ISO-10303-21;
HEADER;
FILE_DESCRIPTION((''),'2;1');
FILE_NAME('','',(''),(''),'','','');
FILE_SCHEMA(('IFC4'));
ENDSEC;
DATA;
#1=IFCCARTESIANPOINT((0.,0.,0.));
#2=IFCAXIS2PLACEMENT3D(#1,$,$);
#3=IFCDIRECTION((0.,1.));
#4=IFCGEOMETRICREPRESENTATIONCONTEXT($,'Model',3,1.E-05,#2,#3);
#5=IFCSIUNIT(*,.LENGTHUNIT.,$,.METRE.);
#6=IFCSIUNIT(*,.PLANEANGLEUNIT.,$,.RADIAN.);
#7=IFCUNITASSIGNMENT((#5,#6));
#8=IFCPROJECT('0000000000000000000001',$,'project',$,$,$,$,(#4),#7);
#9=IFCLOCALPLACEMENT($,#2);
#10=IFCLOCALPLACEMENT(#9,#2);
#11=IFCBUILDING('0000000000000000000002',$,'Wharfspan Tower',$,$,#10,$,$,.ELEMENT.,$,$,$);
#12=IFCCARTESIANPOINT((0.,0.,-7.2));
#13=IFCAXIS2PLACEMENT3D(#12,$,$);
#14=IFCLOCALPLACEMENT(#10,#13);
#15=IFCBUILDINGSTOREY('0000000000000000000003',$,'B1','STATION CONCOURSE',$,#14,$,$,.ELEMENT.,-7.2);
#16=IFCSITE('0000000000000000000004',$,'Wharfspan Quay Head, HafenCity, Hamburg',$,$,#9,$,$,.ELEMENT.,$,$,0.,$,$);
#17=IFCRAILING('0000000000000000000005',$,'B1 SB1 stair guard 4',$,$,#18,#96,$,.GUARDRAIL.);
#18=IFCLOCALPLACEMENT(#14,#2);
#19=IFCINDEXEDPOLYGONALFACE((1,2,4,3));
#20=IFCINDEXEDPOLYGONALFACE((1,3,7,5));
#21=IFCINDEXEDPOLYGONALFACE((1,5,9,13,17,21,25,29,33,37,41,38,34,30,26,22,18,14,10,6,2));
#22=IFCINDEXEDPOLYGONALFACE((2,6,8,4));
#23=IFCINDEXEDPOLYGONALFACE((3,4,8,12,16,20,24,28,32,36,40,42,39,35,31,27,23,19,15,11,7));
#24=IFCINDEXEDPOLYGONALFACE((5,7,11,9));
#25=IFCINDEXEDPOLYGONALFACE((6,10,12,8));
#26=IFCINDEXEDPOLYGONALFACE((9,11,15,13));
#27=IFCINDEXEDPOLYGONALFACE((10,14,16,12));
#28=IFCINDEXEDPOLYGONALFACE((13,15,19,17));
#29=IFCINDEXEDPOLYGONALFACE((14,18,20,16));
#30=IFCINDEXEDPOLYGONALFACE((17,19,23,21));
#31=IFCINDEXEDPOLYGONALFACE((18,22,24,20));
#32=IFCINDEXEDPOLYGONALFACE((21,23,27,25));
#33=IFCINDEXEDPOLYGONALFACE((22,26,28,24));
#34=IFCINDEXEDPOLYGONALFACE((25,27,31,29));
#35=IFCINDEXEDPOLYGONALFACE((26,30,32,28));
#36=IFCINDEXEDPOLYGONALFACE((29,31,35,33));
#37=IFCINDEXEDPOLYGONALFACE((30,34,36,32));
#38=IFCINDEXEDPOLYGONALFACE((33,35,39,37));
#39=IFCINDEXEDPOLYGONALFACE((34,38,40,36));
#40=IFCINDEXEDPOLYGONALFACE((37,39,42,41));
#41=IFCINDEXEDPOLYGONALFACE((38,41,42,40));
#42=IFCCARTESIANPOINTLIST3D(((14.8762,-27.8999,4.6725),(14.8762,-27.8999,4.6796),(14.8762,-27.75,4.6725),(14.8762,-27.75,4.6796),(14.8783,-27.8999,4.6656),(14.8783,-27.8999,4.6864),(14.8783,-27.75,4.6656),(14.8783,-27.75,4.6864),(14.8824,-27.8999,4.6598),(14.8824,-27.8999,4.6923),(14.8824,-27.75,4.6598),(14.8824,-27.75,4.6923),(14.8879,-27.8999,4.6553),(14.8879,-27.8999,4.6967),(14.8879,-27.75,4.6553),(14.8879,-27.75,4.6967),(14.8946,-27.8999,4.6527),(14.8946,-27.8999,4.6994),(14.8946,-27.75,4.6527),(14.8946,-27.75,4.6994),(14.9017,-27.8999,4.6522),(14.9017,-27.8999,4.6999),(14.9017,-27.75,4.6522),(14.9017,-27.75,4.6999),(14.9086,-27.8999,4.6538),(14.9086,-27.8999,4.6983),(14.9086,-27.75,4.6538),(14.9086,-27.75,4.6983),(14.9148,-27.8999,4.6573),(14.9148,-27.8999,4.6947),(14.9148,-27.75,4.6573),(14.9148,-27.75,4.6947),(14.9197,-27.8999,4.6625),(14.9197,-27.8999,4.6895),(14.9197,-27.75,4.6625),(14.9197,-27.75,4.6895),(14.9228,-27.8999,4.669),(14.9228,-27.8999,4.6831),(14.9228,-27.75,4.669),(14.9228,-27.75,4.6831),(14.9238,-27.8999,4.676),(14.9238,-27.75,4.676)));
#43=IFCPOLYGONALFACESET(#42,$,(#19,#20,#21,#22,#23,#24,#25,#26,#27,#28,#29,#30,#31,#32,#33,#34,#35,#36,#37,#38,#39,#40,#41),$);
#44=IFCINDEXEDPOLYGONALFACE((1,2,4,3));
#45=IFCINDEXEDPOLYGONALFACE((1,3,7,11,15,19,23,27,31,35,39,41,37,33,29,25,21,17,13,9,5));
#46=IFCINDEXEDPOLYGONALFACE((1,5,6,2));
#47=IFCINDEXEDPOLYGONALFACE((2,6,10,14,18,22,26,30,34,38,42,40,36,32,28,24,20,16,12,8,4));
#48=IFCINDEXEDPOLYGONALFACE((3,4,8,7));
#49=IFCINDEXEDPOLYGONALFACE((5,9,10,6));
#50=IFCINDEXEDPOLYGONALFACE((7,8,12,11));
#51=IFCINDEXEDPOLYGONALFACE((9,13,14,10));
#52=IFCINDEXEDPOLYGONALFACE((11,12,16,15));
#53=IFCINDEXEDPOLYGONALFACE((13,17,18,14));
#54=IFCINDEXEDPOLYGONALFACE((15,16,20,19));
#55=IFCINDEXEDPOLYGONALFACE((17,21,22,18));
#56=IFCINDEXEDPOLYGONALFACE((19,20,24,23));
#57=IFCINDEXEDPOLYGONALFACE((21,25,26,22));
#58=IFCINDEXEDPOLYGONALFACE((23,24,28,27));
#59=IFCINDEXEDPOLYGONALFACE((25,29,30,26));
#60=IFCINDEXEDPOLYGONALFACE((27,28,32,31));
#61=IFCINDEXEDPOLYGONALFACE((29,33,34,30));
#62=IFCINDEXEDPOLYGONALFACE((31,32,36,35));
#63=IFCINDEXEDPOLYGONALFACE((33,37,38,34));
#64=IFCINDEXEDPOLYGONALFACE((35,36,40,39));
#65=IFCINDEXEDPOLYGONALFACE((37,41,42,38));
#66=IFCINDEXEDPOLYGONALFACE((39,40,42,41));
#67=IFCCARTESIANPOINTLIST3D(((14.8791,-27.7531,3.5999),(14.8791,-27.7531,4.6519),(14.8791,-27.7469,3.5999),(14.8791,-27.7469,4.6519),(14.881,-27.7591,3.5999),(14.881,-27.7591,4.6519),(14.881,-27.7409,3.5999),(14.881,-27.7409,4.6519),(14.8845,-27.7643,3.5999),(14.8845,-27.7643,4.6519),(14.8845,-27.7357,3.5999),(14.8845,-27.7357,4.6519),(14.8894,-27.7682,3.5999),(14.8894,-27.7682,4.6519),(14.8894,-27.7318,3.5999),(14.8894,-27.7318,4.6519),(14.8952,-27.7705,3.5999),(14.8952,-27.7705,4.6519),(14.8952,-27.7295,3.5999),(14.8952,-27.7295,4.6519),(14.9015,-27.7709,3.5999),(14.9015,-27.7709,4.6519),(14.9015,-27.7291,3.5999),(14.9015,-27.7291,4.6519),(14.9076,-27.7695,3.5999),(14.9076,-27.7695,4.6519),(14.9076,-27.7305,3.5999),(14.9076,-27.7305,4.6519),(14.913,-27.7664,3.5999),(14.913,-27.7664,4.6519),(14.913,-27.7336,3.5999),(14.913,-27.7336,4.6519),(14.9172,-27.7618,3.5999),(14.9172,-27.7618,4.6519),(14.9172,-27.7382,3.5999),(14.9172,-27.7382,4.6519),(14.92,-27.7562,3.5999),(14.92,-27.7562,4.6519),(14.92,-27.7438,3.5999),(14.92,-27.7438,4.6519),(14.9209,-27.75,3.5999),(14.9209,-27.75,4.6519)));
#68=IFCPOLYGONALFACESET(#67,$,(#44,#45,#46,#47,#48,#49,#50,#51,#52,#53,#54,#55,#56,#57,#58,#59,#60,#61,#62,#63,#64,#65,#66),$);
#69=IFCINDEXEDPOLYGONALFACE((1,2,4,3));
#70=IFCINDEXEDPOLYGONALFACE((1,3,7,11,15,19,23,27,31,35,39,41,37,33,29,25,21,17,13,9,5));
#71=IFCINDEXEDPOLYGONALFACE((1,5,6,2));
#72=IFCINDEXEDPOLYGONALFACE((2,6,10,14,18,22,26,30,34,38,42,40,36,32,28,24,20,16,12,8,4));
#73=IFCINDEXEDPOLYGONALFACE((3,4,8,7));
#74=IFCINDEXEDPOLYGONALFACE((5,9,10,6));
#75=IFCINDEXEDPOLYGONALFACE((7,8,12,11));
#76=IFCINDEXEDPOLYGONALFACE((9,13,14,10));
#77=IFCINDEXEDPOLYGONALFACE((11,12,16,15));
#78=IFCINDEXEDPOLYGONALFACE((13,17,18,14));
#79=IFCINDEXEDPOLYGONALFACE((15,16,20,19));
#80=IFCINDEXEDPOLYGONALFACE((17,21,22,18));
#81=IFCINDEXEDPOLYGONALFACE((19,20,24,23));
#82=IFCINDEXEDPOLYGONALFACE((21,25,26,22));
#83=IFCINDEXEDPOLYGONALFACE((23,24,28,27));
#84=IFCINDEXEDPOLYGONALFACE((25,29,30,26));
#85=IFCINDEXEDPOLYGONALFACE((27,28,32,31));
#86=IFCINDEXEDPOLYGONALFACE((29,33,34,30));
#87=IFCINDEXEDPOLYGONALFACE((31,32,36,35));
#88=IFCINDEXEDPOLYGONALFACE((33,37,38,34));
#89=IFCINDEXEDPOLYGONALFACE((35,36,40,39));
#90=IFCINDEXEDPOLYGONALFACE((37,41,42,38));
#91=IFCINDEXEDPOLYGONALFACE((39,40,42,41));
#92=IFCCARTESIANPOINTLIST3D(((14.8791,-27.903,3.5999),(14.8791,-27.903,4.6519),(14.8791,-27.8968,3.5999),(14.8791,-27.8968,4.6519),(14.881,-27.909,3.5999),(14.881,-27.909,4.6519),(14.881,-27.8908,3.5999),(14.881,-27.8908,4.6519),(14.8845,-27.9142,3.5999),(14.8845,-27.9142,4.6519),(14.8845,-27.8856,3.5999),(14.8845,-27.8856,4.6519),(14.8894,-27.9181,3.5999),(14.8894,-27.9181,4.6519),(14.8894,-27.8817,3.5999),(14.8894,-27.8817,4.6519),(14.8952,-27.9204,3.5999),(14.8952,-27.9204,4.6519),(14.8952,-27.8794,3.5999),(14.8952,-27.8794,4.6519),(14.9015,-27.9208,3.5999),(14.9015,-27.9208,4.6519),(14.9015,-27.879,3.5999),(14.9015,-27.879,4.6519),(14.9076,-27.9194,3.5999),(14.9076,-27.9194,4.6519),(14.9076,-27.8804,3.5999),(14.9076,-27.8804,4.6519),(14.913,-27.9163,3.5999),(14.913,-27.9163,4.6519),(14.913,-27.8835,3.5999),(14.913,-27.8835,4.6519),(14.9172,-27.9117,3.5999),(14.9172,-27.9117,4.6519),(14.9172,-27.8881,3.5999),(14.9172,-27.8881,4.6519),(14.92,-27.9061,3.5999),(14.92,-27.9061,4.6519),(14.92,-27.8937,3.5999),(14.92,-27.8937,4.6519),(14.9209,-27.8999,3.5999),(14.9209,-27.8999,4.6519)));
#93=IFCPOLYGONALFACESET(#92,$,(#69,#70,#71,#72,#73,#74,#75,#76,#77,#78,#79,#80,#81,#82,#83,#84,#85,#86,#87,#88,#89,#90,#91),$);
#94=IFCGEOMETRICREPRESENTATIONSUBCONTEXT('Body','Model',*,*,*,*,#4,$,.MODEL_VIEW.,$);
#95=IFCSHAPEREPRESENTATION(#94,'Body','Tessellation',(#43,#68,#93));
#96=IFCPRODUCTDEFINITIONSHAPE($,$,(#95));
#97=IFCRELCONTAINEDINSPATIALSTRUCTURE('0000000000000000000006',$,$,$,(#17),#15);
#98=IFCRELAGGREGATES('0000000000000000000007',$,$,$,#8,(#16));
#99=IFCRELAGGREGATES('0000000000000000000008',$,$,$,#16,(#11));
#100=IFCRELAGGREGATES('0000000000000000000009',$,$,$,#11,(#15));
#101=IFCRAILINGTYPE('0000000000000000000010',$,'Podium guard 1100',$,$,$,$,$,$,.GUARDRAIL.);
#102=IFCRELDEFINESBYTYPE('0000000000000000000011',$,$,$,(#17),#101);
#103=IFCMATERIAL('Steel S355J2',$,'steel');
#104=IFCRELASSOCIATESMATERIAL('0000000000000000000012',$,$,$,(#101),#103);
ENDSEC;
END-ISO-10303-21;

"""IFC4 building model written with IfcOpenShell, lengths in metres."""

from ifc_helpers import new_model, si_unit, direction, frame, origin, origin_2d, place, context, subcontext, project, spatial, circle, extrude, material, type_object, element, save


model = new_model("IFC4")

# Units and contexts
model_context = context("Model", 3, precision=1e-05, world=origin(), true_north=direction((0.0, 1.0)))
body_context = subcontext(model_context, "Body", "Model", "MODEL_VIEW")
ifc_project = project(units=[si_unit("LENGTHUNIT", "METRE"), si_unit("PLANEANGLEUNIT", "RADIAN")], contexts=[model_context])

# Site, building, storey
site_placement = place(None, origin())
site = spatial("IfcSite", under=ifc_project, at=site_placement, Name="Wharfspan Quay Head, HafenCity, Hamburg", CompositionType="ELEMENT", RefElevation=0.0)
building_placement = place(site_placement, origin())
building = spatial("IfcBuilding", under=site, at=building_placement, Name="Wharfspan Tower", CompositionType="ELEMENT")
storey_placement = place(building_placement, frame((0.0, 0.0, -7.2)))
storey = spatial("IfcBuildingStorey", under=building, at=storey_placement, Name="B1", Description="STATION CONCOURSE", CompositionType="ELEMENT", Elevation=-7.2)

# Railing
ifc_material_1 = material(Name="Steel S355J2", Category="steel")
railing_type_1 = type_object("IfcRailingType", Name="Podium guard 1100", PredefinedType="GUARDRAIL", material=ifc_material_1)
railing_1_placement = place(storey_placement, frame((14.8999, -27.75, 3.5999)))
element("IfcRailing", 1, at=railing_1_placement, inside=storey, type_object=railing_type_1, Name="B1 SB1 stair guard 4", PredefinedType="GUARDRAIL", context=body_context, shape_type="SweptSolid", body=[
    extrude(circle(Radius=0.0239, at=origin_2d()), frame((0.0, 0.0, 1.0762), z_axis=(0.0, -1.0, 0.0), x_axis=(1.0, 0.0, 0.0)), (0.0, 0.0, 1.0), 0.1499),
    extrude(circle(Radius=0.021, at=origin_2d()), origin(), (0.0, 0.0, 1.0), 1.052),
    extrude(circle(Radius=0.021, at=origin_2d()), frame((0.0, -0.1499, 0.0)), (0.0, 0.0, 1.0), 1.052),
])

save(model, "model.ifc")
